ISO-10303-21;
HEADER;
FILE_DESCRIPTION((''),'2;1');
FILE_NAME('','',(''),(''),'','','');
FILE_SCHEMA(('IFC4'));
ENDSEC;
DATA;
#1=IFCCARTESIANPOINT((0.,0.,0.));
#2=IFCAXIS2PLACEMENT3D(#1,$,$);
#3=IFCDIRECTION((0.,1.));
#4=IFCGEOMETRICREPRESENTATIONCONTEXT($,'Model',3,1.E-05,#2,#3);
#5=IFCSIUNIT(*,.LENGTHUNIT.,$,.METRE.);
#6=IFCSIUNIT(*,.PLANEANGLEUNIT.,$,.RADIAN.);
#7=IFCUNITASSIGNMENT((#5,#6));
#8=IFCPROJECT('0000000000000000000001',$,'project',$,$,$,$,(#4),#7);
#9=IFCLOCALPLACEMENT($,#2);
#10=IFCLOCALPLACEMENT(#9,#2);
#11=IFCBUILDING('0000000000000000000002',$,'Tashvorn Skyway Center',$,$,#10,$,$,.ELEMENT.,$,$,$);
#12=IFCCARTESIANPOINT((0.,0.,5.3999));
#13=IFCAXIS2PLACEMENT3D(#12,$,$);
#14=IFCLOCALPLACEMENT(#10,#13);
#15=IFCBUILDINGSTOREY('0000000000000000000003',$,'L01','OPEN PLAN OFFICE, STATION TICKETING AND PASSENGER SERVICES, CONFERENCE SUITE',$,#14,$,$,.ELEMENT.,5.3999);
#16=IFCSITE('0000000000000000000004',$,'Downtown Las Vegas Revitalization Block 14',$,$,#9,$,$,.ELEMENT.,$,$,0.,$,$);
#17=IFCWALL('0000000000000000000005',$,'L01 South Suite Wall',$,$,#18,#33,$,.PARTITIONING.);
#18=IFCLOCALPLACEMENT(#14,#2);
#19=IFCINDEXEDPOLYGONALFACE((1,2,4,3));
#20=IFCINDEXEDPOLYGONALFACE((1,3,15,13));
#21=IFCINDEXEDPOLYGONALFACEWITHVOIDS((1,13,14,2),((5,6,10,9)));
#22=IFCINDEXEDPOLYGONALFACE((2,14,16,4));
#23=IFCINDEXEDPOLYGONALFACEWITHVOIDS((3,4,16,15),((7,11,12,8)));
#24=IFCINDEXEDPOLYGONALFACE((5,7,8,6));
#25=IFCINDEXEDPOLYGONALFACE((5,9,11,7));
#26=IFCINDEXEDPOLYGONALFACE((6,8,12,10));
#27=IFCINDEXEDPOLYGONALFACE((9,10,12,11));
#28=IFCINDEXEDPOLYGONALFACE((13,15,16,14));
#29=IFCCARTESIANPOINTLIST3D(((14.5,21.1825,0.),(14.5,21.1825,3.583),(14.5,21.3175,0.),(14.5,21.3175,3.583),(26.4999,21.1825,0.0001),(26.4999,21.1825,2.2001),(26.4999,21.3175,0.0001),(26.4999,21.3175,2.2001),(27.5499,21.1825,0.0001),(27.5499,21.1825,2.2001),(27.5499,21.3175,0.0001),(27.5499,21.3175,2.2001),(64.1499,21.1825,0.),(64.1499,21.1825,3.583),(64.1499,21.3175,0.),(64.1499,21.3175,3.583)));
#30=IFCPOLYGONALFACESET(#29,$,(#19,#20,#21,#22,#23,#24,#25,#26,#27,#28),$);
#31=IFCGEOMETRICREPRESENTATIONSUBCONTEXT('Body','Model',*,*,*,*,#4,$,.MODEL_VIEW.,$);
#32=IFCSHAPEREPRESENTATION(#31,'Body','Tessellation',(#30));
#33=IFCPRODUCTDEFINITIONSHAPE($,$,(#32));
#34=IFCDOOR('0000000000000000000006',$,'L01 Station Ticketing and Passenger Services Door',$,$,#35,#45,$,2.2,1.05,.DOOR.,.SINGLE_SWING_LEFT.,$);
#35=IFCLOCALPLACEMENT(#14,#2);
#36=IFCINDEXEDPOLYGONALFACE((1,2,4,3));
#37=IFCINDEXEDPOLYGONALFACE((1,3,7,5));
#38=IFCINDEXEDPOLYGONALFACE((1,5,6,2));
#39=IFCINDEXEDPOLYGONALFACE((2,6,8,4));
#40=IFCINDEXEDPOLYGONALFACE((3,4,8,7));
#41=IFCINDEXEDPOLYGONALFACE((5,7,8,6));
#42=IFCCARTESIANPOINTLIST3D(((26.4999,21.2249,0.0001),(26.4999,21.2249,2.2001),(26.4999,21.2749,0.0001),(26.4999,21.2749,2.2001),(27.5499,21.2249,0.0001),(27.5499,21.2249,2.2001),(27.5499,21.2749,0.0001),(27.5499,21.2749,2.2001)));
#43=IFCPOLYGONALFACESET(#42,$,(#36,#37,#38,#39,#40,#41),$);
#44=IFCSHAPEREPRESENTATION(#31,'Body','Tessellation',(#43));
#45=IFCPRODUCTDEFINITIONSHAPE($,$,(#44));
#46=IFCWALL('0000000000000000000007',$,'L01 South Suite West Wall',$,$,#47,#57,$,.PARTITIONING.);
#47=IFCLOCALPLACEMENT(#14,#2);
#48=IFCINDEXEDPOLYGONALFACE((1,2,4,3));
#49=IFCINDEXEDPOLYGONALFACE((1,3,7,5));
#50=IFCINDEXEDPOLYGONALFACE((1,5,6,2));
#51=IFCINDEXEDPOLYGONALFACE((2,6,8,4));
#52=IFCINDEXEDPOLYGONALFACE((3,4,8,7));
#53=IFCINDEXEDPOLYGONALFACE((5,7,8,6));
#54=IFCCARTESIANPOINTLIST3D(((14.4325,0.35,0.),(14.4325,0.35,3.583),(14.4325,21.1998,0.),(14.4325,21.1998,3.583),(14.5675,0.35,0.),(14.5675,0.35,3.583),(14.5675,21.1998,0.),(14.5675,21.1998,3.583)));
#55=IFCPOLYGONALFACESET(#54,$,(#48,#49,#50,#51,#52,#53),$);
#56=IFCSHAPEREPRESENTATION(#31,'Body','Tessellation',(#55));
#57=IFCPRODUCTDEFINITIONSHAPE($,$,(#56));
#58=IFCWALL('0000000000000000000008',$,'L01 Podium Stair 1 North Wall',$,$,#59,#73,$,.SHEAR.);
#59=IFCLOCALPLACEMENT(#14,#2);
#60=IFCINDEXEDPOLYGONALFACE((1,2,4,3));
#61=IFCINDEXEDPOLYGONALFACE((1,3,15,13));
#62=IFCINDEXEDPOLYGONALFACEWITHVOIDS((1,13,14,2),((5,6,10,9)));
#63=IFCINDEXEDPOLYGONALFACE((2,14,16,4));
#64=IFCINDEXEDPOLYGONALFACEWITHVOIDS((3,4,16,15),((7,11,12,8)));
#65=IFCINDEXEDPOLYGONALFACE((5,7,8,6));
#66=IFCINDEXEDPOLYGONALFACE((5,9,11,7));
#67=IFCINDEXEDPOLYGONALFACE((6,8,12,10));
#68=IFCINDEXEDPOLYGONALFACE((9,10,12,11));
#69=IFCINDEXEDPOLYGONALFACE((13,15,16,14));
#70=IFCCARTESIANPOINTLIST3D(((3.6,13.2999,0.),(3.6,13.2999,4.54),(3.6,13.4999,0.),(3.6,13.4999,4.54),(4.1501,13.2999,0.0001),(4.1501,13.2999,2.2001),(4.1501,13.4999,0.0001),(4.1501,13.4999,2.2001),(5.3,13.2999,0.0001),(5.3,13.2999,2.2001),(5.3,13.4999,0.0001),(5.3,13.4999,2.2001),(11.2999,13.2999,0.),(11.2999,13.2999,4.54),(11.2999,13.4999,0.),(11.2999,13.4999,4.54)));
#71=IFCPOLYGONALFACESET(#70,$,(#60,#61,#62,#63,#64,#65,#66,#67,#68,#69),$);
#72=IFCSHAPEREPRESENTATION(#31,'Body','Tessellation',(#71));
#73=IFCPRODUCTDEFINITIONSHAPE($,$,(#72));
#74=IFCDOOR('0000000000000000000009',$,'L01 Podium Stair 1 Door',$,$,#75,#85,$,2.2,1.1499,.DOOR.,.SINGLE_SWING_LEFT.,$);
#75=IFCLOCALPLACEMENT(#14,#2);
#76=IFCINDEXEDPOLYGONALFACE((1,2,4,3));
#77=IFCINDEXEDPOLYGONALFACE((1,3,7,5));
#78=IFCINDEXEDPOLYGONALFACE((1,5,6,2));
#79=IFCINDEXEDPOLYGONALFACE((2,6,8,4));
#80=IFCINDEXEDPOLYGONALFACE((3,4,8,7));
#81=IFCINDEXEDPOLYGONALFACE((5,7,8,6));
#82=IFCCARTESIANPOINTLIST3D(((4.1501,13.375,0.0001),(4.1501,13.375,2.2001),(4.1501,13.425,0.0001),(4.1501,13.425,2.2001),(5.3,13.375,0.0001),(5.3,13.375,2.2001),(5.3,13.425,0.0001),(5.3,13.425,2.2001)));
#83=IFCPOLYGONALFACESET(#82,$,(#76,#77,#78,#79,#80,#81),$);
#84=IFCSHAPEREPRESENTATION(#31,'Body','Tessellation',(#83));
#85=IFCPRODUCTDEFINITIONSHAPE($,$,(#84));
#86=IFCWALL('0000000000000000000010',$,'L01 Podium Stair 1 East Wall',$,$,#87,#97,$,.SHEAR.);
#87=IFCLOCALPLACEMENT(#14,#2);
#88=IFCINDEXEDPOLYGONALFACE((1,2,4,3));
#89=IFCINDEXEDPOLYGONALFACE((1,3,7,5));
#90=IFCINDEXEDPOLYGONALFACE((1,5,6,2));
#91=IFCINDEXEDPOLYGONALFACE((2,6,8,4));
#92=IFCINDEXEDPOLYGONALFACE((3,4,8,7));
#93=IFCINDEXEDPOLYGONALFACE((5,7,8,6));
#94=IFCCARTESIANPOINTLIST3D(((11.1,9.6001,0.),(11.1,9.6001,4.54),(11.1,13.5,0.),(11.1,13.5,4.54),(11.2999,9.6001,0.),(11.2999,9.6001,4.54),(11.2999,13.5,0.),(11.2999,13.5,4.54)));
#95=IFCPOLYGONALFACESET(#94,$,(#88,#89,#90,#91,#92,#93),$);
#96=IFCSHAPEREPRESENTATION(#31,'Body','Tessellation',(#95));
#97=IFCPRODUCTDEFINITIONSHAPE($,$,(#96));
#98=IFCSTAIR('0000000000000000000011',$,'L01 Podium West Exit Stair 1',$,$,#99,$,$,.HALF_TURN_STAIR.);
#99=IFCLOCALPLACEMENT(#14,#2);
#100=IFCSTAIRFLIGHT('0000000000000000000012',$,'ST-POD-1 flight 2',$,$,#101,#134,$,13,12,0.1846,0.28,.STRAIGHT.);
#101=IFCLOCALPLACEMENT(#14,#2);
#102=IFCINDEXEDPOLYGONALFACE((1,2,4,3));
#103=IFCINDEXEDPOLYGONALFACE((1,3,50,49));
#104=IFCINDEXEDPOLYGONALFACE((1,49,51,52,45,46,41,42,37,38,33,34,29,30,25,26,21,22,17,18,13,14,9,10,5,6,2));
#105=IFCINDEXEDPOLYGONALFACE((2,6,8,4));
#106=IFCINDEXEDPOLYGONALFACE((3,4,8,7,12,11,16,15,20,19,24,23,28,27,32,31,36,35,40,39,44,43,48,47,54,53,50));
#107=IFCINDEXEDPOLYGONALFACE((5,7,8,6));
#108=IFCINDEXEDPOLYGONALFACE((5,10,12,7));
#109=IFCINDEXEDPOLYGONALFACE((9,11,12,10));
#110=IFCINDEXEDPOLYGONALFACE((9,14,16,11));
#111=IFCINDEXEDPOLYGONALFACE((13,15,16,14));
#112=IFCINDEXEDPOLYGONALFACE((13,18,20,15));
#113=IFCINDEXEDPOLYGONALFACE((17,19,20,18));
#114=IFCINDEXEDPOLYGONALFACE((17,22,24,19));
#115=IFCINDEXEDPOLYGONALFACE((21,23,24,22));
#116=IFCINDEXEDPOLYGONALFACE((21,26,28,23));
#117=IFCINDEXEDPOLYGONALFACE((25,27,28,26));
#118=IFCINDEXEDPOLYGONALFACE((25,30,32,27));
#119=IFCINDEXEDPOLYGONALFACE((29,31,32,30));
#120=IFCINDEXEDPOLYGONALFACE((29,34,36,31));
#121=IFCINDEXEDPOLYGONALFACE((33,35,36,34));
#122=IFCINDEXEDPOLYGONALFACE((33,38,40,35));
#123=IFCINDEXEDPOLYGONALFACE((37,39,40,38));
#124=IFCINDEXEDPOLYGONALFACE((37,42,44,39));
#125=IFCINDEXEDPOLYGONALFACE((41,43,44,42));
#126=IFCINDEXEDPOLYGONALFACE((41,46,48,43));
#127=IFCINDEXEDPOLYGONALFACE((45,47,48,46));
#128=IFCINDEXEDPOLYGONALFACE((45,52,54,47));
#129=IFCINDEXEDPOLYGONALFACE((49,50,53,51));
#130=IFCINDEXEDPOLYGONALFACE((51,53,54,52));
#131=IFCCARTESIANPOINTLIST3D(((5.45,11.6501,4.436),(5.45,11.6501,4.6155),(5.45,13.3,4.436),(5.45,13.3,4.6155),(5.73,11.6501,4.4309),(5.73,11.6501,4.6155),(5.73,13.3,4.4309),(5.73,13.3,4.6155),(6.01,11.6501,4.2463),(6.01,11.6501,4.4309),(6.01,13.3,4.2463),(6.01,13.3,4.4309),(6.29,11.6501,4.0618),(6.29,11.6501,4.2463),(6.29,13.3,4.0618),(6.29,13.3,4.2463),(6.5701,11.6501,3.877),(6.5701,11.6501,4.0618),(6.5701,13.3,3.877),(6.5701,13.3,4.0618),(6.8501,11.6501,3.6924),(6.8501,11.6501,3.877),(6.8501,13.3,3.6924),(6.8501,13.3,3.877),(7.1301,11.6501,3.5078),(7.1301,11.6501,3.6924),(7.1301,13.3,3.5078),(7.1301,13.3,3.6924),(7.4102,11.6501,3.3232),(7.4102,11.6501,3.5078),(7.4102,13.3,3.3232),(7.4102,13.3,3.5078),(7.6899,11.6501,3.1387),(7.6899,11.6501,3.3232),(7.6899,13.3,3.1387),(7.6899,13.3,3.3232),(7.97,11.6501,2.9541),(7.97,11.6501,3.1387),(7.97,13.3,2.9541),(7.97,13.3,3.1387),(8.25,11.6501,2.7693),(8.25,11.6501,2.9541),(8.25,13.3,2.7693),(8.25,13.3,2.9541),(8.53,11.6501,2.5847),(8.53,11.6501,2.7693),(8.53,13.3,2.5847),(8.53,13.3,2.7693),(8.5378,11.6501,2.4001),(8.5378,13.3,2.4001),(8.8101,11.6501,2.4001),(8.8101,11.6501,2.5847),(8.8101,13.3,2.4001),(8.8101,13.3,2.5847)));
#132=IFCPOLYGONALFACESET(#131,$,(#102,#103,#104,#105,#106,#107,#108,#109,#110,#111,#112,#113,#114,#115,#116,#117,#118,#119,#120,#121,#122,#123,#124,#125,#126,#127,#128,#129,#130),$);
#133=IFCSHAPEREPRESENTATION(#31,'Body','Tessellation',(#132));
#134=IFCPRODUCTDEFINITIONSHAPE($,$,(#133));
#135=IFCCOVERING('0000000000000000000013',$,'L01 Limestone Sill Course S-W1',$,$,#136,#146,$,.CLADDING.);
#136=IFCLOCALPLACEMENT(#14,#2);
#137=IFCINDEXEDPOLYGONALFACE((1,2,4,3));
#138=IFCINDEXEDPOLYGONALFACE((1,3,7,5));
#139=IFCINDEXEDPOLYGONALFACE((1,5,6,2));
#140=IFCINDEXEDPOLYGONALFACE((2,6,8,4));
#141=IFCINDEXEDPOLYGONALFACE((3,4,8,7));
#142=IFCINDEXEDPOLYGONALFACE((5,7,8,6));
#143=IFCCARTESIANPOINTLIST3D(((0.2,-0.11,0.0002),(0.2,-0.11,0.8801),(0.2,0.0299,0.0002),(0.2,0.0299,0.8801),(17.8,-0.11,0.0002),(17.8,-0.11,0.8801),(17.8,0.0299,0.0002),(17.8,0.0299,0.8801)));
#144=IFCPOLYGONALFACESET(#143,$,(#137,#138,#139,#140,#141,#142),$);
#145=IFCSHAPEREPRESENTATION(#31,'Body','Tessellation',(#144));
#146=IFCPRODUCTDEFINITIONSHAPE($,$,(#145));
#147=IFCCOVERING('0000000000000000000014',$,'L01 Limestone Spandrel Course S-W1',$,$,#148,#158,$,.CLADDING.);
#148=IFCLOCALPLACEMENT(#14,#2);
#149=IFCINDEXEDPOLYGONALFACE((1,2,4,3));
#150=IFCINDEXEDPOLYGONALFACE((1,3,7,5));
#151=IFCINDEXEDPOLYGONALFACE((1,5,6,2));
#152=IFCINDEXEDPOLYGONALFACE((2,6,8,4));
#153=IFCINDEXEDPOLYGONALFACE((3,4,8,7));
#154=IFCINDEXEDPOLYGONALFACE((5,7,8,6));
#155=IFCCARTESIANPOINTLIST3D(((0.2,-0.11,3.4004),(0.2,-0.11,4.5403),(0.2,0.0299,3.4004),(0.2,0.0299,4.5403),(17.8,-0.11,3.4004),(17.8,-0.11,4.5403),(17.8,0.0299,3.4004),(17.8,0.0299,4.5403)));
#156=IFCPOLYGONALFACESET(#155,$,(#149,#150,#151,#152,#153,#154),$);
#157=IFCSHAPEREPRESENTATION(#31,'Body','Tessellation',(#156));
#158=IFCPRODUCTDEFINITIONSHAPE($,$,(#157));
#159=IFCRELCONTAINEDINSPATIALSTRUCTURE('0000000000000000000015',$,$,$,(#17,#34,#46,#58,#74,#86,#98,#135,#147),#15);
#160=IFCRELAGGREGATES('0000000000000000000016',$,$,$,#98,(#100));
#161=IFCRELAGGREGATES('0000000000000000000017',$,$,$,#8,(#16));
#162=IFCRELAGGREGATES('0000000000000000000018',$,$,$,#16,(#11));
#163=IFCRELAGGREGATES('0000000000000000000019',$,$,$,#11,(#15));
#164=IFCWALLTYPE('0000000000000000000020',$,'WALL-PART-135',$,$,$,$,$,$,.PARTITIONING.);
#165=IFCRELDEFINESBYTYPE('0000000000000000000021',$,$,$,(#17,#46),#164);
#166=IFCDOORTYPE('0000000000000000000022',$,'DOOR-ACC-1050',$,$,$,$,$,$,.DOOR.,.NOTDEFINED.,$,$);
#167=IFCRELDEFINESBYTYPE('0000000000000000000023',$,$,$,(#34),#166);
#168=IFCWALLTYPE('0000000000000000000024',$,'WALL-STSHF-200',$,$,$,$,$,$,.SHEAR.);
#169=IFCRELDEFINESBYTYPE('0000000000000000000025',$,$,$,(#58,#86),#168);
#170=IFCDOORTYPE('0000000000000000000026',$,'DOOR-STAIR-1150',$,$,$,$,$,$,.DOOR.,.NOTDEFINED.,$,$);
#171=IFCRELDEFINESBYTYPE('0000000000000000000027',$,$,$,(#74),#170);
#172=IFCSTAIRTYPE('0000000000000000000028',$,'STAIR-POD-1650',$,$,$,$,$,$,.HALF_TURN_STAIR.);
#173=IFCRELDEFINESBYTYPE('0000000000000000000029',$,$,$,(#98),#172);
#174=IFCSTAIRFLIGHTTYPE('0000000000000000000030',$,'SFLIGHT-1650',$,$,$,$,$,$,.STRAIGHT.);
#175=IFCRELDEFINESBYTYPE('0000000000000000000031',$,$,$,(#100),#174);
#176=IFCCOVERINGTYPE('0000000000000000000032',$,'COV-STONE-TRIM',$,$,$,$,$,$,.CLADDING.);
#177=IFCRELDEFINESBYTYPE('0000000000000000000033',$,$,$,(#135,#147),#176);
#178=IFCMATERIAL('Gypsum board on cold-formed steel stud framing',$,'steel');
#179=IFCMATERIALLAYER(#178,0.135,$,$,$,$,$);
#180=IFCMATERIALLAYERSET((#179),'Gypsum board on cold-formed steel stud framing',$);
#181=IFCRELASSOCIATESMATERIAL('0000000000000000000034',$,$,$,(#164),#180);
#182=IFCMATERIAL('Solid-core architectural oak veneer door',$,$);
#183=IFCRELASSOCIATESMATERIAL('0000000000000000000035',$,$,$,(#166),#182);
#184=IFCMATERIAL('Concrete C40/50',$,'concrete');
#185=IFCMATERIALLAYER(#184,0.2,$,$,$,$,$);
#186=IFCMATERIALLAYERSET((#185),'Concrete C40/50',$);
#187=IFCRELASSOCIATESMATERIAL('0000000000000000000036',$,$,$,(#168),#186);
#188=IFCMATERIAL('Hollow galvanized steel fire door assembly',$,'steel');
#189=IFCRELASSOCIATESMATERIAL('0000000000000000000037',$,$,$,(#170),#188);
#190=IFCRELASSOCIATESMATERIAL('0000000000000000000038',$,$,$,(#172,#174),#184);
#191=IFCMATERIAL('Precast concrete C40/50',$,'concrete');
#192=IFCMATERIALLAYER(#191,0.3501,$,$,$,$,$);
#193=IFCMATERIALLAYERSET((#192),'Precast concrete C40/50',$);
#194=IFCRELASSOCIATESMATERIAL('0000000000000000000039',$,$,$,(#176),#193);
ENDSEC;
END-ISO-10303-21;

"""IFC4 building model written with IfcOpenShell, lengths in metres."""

from ifc_helpers import new_model, si_unit, direction, frame, frame_2d, origin, origin_2d, place, context, subcontext, project, spatial, polyline, rectangle, outline, extrude, material, layer, layer_set, type_object, element, fill, aggregate, save


model = new_model("IFC4")

# Units and contexts
model_context = context("Model", 3, precision=1e-05, world=origin(), true_north=direction((0.0, 1.0)))
body_context = subcontext(model_context, "Body", "Model", "MODEL_VIEW")
ifc_project = project(units=[si_unit("LENGTHUNIT", "METRE"), si_unit("PLANEANGLEUNIT", "RADIAN")], contexts=[model_context])

# Site, building, storey
site_placement = place(None, origin())
site = spatial("IfcSite", under=ifc_project, at=site_placement, Name="Downtown Las Vegas Revitalization Block 14", CompositionType="ELEMENT", RefElevation=0.0)
building_placement = place(site_placement, origin())
building = spatial("IfcBuilding", under=site, at=building_placement, Name="Tashvorn Skyway Center", CompositionType="ELEMENT")
storey_placement = place(building_placement, frame((0.0, 0.0, 5.3999)))
storey = spatial("IfcBuildingStorey", under=building, at=storey_placement, Name="L01", Description="OPEN PLAN OFFICE, STATION TICKETING AND PASSENGER SERVICES, CONFERENCE SUITE", CompositionType="ELEMENT", Elevation=5.3999)

# Shared definitions
ifc_material_1 = material(Name="Precast concrete C40/50", Category="concrete")

# Wall, opening, door
ifc_material_2 = material(Name="Gypsum board on cold-formed steel stud framing", Category="steel")
ifc_layer_1 = layer(ifc_material_2, 0.135)
ifc_layer_set_1 = layer_set([ifc_layer_1], Name="Gypsum board on cold-formed steel stud framing")
wall_type_1 = type_object("IfcWallType", Name="WALL-PART-135", PredefinedType="PARTITIONING", material=ifc_layer_set_1)
wall_1_placement = place(storey_placement, frame((14.5, 21.25, 0.0), z_axis=(0.0, 0.0, 1.0), x_axis=(1.0, 0.0, 0.0)))
wall_1 = element("IfcWall", 1, at=wall_1_placement, inside=storey, type_object=wall_type_1, Name="L01 South Suite Wall", PredefinedType="PARTITIONING", context=body_context, shape_type="SweptSolid", body=[
    extrude(rectangle(XDim=49.6499, YDim=0.135, at=frame_2d((24.825, 0.0))), origin(), (0.0, 0.0, 1.0), 3.583),
])
opening_1_placement = place(wall_1_placement, frame((12.0, 0.0, 0.0)))
opening_1 = element("IfcOpeningElement", 2, at=opening_1_placement, cuts=wall_1, PredefinedType="OPENING", context=body_context, shape_type="SweptSolid", body=[
    extrude(rectangle(XDim=1.05, YDim=2.2, at=frame_2d((0.5249, 1.1001))), frame((0.0, 0.0774, 0.0), z_axis=(0.0, -1.0, 0.0), x_axis=(1.0, 0.0, 0.0)), (0.0, 0.0, 1.0), 0.155),
])
ifc_material_3 = material(Name="Solid-core architectural oak veneer door")
door_type_1 = type_object("IfcDoorType", Name="DOOR-ACC-1050", OperationType="NOTDEFINED", PredefinedType="DOOR", material=ifc_material_3)
door_1_placement = place(opening_1_placement, origin())
door_1 = element("IfcDoor", 3, at=door_1_placement, inside=storey, type_object=door_type_1, Name="L01 Station Ticketing and Passenger Services Door", OperationType="SINGLE_SWING_LEFT", OverallHeight=2.2, OverallWidth=1.05, PredefinedType="DOOR", context=body_context, shape_type="SweptSolid", body=[
    extrude(rectangle(XDim=1.05, YDim=2.2, at=frame_2d((0.5249, 1.1001))), frame((0.0, 0.0249, 0.0), z_axis=(0.0, -1.0, 0.0), x_axis=(1.0, 0.0, 0.0)), (0.0, 0.0, 1.0), 0.05),
])
fill(opening_1, door_1)

# Wall
wall_2_placement = place(storey_placement, frame((14.5, 0.3501, 0.0), z_axis=(0.0, 0.0, 1.0), x_axis=(0.0, 1.0, 0.0)))
element("IfcWall", 4, at=wall_2_placement, inside=storey, type_object=wall_type_1, Name="L01 South Suite West Wall", PredefinedType="PARTITIONING", context=body_context, shape_type="SweptSolid", body=[
    extrude(rectangle(XDim=20.8499, YDim=0.135, at=frame_2d((10.4248, 0.0))), origin(), (0.0, 0.0, 1.0), 3.583),
])

# Wall, opening, door
ifc_material_4 = material(Name="Concrete C40/50", Category="concrete")
ifc_layer_2 = layer(ifc_material_4, 0.2)
ifc_layer_set_2 = layer_set([ifc_layer_2], Name="Concrete C40/50")
wall_type_2 = type_object("IfcWallType", Name="WALL-STSHF-200", PredefinedType="SHEAR", material=ifc_layer_set_2)
wall_3_placement = place(storey_placement, frame((11.3, 13.3999, 0.0), z_axis=(0.0, 0.0, 1.0), x_axis=(-1.0, 0.0, 0.0)))
wall_3 = element("IfcWall", 5, at=wall_3_placement, inside=storey, type_object=wall_type_2, Name="L01 Podium Stair 1 North Wall", PredefinedType="SHEAR", context=body_context, shape_type="SweptSolid", body=[
    extrude(rectangle(XDim=7.7, YDim=0.2, at=frame_2d((3.8501, 0.0))), origin(), (0.0, 0.0, 1.0), 4.54),
])
opening_2_placement = place(wall_3_placement, frame((6.0, 0.0, 0.0)))
opening_2 = element("IfcOpeningElement", 6, at=opening_2_placement, cuts=wall_3, PredefinedType="OPENING", context=body_context, shape_type="SweptSolid", body=[
    extrude(rectangle(XDim=1.1499, YDim=2.2, at=frame_2d((0.575, 1.1001))), frame((0.0, 0.1099, 0.0), z_axis=(0.0, -1.0, 0.0), x_axis=(1.0, 0.0, 0.0)), (0.0, 0.0, 1.0), 0.22),
])
ifc_material_5 = material(Name="Hollow galvanized steel fire door assembly", Category="steel")
door_type_2 = type_object("IfcDoorType", Name="DOOR-STAIR-1150", OperationType="NOTDEFINED", PredefinedType="DOOR", material=ifc_material_5)
door_2_placement = place(opening_2_placement, origin())
door_2 = element("IfcDoor", 7, at=door_2_placement, inside=storey, type_object=door_type_2, Name="L01 Podium Stair 1 Door", OperationType="SINGLE_SWING_LEFT", OverallHeight=2.2, OverallWidth=1.1499, PredefinedType="DOOR", context=body_context, shape_type="SweptSolid", body=[
    extrude(rectangle(XDim=1.1499, YDim=2.2, at=frame_2d((0.575, 1.1001))), frame((0.0, 0.0249, 0.0), z_axis=(0.0, -1.0, 0.0), x_axis=(1.0, 0.0, 0.0)), (0.0, 0.0, 1.0), 0.05),
])
fill(opening_2, door_2)

# Wall
wall_4_placement = place(storey_placement, frame((11.2, 9.6001, 0.0), z_axis=(0.0, 0.0, 1.0), x_axis=(0.0, 1.0, 0.0)))
element("IfcWall", 8, at=wall_4_placement, inside=storey, type_object=wall_type_2, Name="L01 Podium Stair 1 East Wall", PredefinedType="SHEAR", context=body_context, shape_type="SweptSolid", body=[
    extrude(rectangle(XDim=3.8999, YDim=0.2, at=frame_2d((1.95, 0.0))), origin(), (0.0, 0.0, 1.0), 4.54),
])

# Stair, stair flight
stair_type = type_object("IfcStairType", Name="STAIR-POD-1650", PredefinedType="HALF_TURN_STAIR", material=ifc_material_4)
stair_placement = place(storey_placement, origin())
stair = element("IfcStair", 9, at=stair_placement, inside=storey, type_object=stair_type, Name="L01 Podium West Exit Stair 1", PredefinedType="HALF_TURN_STAIR")
stair_flight_type = type_object("IfcStairFlightType", Name="SFLIGHT-1650", PredefinedType="STRAIGHT", material=ifc_material_4)
stair_flight_placement = place(storey_placement, frame((8.8101, 12.4751, 2.4001), z_axis=(0.0, 0.0, 1.0), x_axis=(-1.0, 0.0, 0.0)))
stair_flight = element("IfcStairFlight", 10, at=stair_flight_placement, type_object=stair_flight_type, Name="ST-POD-1 flight 2", NumberOfRisers=13, NumberOfTreads=12, PredefinedType="STRAIGHT", RiserHeight=0.1846, TreadLength=0.28, context=body_context, shape_type="SweptSolid", body=[
    extrude(outline(polyline([(0.0, 0.0), (0.0, 0.1846), (0.28, 0.1846), (0.28, 0.3691), (0.5601, 0.3691), (0.5601, 0.554), (0.8401, 0.554), (0.8401, 0.7385), (1.1201, 0.7385), (1.1201, 0.9231), (1.3999, 0.9231), (1.3999, 1.1077), (1.6799, 1.1077), (1.6799, 1.2922), (1.96, 1.2922), (1.96, 1.4768), (2.24, 1.4768), (2.24, 1.6616), (2.52, 1.6616), (2.52, 1.8462), (2.8, 1.8462), (2.8, 2.0308), (3.0801, 2.0308), (3.0801, 2.2153), (3.3601, 2.2153), (3.3601, 2.3999), (3.3601, 2.0359), (0.2722, 0.0), (0.0, 0.0)])), frame((0.0, 0.825, 0.0), z_axis=(0.0, -1.0, 0.0), x_axis=(1.0, 0.0, 0.0)), (0.0, 0.0, 1.0), 1.6499),
])
aggregate(stair, [stair_flight])

# Coverings
ifc_layer_3 = layer(ifc_material_1, 0.3501)
ifc_layer_set_3 = layer_set([ifc_layer_3], Name="Precast concrete C40/50")
covering_type = type_object("IfcCoveringType", Name="COV-STONE-TRIM", PredefinedType="CLADDING", material=ifc_layer_set_3)
covering_1_placement = place(storey_placement, frame((9.0, -0.04, 0.0002), z_axis=(0.0, 0.0, 1.0), x_axis=(1.0, 0.0, 0.0)))
element("IfcCovering", 11, at=covering_1_placement, inside=storey, type_object=covering_type, Name="L01 Limestone Sill Course S-W1", PredefinedType="CLADDING", context=body_context, shape_type="SweptSolid", body=[
    extrude(rectangle(XDim=17.6001, YDim=0.1399, at=origin_2d()), origin(), (0.0, 0.0, 1.0), 0.8799),
])
covering_2_placement = place(storey_placement, frame((9.0, -0.04, 3.4004), z_axis=(0.0, 0.0, 1.0), x_axis=(1.0, 0.0, 0.0)))
element("IfcCovering", 12, at=covering_2_placement, inside=storey, type_object=covering_type, Name="L01 Limestone Spandrel Course S-W1", PredefinedType="CLADDING", context=body_context, shape_type="SweptSolid", body=[
    extrude(rectangle(XDim=17.6001, YDim=0.1399, at=origin_2d()), origin(), (0.0, 0.0, 1.0), 1.1399),
])

save(model, "model.ifc")
